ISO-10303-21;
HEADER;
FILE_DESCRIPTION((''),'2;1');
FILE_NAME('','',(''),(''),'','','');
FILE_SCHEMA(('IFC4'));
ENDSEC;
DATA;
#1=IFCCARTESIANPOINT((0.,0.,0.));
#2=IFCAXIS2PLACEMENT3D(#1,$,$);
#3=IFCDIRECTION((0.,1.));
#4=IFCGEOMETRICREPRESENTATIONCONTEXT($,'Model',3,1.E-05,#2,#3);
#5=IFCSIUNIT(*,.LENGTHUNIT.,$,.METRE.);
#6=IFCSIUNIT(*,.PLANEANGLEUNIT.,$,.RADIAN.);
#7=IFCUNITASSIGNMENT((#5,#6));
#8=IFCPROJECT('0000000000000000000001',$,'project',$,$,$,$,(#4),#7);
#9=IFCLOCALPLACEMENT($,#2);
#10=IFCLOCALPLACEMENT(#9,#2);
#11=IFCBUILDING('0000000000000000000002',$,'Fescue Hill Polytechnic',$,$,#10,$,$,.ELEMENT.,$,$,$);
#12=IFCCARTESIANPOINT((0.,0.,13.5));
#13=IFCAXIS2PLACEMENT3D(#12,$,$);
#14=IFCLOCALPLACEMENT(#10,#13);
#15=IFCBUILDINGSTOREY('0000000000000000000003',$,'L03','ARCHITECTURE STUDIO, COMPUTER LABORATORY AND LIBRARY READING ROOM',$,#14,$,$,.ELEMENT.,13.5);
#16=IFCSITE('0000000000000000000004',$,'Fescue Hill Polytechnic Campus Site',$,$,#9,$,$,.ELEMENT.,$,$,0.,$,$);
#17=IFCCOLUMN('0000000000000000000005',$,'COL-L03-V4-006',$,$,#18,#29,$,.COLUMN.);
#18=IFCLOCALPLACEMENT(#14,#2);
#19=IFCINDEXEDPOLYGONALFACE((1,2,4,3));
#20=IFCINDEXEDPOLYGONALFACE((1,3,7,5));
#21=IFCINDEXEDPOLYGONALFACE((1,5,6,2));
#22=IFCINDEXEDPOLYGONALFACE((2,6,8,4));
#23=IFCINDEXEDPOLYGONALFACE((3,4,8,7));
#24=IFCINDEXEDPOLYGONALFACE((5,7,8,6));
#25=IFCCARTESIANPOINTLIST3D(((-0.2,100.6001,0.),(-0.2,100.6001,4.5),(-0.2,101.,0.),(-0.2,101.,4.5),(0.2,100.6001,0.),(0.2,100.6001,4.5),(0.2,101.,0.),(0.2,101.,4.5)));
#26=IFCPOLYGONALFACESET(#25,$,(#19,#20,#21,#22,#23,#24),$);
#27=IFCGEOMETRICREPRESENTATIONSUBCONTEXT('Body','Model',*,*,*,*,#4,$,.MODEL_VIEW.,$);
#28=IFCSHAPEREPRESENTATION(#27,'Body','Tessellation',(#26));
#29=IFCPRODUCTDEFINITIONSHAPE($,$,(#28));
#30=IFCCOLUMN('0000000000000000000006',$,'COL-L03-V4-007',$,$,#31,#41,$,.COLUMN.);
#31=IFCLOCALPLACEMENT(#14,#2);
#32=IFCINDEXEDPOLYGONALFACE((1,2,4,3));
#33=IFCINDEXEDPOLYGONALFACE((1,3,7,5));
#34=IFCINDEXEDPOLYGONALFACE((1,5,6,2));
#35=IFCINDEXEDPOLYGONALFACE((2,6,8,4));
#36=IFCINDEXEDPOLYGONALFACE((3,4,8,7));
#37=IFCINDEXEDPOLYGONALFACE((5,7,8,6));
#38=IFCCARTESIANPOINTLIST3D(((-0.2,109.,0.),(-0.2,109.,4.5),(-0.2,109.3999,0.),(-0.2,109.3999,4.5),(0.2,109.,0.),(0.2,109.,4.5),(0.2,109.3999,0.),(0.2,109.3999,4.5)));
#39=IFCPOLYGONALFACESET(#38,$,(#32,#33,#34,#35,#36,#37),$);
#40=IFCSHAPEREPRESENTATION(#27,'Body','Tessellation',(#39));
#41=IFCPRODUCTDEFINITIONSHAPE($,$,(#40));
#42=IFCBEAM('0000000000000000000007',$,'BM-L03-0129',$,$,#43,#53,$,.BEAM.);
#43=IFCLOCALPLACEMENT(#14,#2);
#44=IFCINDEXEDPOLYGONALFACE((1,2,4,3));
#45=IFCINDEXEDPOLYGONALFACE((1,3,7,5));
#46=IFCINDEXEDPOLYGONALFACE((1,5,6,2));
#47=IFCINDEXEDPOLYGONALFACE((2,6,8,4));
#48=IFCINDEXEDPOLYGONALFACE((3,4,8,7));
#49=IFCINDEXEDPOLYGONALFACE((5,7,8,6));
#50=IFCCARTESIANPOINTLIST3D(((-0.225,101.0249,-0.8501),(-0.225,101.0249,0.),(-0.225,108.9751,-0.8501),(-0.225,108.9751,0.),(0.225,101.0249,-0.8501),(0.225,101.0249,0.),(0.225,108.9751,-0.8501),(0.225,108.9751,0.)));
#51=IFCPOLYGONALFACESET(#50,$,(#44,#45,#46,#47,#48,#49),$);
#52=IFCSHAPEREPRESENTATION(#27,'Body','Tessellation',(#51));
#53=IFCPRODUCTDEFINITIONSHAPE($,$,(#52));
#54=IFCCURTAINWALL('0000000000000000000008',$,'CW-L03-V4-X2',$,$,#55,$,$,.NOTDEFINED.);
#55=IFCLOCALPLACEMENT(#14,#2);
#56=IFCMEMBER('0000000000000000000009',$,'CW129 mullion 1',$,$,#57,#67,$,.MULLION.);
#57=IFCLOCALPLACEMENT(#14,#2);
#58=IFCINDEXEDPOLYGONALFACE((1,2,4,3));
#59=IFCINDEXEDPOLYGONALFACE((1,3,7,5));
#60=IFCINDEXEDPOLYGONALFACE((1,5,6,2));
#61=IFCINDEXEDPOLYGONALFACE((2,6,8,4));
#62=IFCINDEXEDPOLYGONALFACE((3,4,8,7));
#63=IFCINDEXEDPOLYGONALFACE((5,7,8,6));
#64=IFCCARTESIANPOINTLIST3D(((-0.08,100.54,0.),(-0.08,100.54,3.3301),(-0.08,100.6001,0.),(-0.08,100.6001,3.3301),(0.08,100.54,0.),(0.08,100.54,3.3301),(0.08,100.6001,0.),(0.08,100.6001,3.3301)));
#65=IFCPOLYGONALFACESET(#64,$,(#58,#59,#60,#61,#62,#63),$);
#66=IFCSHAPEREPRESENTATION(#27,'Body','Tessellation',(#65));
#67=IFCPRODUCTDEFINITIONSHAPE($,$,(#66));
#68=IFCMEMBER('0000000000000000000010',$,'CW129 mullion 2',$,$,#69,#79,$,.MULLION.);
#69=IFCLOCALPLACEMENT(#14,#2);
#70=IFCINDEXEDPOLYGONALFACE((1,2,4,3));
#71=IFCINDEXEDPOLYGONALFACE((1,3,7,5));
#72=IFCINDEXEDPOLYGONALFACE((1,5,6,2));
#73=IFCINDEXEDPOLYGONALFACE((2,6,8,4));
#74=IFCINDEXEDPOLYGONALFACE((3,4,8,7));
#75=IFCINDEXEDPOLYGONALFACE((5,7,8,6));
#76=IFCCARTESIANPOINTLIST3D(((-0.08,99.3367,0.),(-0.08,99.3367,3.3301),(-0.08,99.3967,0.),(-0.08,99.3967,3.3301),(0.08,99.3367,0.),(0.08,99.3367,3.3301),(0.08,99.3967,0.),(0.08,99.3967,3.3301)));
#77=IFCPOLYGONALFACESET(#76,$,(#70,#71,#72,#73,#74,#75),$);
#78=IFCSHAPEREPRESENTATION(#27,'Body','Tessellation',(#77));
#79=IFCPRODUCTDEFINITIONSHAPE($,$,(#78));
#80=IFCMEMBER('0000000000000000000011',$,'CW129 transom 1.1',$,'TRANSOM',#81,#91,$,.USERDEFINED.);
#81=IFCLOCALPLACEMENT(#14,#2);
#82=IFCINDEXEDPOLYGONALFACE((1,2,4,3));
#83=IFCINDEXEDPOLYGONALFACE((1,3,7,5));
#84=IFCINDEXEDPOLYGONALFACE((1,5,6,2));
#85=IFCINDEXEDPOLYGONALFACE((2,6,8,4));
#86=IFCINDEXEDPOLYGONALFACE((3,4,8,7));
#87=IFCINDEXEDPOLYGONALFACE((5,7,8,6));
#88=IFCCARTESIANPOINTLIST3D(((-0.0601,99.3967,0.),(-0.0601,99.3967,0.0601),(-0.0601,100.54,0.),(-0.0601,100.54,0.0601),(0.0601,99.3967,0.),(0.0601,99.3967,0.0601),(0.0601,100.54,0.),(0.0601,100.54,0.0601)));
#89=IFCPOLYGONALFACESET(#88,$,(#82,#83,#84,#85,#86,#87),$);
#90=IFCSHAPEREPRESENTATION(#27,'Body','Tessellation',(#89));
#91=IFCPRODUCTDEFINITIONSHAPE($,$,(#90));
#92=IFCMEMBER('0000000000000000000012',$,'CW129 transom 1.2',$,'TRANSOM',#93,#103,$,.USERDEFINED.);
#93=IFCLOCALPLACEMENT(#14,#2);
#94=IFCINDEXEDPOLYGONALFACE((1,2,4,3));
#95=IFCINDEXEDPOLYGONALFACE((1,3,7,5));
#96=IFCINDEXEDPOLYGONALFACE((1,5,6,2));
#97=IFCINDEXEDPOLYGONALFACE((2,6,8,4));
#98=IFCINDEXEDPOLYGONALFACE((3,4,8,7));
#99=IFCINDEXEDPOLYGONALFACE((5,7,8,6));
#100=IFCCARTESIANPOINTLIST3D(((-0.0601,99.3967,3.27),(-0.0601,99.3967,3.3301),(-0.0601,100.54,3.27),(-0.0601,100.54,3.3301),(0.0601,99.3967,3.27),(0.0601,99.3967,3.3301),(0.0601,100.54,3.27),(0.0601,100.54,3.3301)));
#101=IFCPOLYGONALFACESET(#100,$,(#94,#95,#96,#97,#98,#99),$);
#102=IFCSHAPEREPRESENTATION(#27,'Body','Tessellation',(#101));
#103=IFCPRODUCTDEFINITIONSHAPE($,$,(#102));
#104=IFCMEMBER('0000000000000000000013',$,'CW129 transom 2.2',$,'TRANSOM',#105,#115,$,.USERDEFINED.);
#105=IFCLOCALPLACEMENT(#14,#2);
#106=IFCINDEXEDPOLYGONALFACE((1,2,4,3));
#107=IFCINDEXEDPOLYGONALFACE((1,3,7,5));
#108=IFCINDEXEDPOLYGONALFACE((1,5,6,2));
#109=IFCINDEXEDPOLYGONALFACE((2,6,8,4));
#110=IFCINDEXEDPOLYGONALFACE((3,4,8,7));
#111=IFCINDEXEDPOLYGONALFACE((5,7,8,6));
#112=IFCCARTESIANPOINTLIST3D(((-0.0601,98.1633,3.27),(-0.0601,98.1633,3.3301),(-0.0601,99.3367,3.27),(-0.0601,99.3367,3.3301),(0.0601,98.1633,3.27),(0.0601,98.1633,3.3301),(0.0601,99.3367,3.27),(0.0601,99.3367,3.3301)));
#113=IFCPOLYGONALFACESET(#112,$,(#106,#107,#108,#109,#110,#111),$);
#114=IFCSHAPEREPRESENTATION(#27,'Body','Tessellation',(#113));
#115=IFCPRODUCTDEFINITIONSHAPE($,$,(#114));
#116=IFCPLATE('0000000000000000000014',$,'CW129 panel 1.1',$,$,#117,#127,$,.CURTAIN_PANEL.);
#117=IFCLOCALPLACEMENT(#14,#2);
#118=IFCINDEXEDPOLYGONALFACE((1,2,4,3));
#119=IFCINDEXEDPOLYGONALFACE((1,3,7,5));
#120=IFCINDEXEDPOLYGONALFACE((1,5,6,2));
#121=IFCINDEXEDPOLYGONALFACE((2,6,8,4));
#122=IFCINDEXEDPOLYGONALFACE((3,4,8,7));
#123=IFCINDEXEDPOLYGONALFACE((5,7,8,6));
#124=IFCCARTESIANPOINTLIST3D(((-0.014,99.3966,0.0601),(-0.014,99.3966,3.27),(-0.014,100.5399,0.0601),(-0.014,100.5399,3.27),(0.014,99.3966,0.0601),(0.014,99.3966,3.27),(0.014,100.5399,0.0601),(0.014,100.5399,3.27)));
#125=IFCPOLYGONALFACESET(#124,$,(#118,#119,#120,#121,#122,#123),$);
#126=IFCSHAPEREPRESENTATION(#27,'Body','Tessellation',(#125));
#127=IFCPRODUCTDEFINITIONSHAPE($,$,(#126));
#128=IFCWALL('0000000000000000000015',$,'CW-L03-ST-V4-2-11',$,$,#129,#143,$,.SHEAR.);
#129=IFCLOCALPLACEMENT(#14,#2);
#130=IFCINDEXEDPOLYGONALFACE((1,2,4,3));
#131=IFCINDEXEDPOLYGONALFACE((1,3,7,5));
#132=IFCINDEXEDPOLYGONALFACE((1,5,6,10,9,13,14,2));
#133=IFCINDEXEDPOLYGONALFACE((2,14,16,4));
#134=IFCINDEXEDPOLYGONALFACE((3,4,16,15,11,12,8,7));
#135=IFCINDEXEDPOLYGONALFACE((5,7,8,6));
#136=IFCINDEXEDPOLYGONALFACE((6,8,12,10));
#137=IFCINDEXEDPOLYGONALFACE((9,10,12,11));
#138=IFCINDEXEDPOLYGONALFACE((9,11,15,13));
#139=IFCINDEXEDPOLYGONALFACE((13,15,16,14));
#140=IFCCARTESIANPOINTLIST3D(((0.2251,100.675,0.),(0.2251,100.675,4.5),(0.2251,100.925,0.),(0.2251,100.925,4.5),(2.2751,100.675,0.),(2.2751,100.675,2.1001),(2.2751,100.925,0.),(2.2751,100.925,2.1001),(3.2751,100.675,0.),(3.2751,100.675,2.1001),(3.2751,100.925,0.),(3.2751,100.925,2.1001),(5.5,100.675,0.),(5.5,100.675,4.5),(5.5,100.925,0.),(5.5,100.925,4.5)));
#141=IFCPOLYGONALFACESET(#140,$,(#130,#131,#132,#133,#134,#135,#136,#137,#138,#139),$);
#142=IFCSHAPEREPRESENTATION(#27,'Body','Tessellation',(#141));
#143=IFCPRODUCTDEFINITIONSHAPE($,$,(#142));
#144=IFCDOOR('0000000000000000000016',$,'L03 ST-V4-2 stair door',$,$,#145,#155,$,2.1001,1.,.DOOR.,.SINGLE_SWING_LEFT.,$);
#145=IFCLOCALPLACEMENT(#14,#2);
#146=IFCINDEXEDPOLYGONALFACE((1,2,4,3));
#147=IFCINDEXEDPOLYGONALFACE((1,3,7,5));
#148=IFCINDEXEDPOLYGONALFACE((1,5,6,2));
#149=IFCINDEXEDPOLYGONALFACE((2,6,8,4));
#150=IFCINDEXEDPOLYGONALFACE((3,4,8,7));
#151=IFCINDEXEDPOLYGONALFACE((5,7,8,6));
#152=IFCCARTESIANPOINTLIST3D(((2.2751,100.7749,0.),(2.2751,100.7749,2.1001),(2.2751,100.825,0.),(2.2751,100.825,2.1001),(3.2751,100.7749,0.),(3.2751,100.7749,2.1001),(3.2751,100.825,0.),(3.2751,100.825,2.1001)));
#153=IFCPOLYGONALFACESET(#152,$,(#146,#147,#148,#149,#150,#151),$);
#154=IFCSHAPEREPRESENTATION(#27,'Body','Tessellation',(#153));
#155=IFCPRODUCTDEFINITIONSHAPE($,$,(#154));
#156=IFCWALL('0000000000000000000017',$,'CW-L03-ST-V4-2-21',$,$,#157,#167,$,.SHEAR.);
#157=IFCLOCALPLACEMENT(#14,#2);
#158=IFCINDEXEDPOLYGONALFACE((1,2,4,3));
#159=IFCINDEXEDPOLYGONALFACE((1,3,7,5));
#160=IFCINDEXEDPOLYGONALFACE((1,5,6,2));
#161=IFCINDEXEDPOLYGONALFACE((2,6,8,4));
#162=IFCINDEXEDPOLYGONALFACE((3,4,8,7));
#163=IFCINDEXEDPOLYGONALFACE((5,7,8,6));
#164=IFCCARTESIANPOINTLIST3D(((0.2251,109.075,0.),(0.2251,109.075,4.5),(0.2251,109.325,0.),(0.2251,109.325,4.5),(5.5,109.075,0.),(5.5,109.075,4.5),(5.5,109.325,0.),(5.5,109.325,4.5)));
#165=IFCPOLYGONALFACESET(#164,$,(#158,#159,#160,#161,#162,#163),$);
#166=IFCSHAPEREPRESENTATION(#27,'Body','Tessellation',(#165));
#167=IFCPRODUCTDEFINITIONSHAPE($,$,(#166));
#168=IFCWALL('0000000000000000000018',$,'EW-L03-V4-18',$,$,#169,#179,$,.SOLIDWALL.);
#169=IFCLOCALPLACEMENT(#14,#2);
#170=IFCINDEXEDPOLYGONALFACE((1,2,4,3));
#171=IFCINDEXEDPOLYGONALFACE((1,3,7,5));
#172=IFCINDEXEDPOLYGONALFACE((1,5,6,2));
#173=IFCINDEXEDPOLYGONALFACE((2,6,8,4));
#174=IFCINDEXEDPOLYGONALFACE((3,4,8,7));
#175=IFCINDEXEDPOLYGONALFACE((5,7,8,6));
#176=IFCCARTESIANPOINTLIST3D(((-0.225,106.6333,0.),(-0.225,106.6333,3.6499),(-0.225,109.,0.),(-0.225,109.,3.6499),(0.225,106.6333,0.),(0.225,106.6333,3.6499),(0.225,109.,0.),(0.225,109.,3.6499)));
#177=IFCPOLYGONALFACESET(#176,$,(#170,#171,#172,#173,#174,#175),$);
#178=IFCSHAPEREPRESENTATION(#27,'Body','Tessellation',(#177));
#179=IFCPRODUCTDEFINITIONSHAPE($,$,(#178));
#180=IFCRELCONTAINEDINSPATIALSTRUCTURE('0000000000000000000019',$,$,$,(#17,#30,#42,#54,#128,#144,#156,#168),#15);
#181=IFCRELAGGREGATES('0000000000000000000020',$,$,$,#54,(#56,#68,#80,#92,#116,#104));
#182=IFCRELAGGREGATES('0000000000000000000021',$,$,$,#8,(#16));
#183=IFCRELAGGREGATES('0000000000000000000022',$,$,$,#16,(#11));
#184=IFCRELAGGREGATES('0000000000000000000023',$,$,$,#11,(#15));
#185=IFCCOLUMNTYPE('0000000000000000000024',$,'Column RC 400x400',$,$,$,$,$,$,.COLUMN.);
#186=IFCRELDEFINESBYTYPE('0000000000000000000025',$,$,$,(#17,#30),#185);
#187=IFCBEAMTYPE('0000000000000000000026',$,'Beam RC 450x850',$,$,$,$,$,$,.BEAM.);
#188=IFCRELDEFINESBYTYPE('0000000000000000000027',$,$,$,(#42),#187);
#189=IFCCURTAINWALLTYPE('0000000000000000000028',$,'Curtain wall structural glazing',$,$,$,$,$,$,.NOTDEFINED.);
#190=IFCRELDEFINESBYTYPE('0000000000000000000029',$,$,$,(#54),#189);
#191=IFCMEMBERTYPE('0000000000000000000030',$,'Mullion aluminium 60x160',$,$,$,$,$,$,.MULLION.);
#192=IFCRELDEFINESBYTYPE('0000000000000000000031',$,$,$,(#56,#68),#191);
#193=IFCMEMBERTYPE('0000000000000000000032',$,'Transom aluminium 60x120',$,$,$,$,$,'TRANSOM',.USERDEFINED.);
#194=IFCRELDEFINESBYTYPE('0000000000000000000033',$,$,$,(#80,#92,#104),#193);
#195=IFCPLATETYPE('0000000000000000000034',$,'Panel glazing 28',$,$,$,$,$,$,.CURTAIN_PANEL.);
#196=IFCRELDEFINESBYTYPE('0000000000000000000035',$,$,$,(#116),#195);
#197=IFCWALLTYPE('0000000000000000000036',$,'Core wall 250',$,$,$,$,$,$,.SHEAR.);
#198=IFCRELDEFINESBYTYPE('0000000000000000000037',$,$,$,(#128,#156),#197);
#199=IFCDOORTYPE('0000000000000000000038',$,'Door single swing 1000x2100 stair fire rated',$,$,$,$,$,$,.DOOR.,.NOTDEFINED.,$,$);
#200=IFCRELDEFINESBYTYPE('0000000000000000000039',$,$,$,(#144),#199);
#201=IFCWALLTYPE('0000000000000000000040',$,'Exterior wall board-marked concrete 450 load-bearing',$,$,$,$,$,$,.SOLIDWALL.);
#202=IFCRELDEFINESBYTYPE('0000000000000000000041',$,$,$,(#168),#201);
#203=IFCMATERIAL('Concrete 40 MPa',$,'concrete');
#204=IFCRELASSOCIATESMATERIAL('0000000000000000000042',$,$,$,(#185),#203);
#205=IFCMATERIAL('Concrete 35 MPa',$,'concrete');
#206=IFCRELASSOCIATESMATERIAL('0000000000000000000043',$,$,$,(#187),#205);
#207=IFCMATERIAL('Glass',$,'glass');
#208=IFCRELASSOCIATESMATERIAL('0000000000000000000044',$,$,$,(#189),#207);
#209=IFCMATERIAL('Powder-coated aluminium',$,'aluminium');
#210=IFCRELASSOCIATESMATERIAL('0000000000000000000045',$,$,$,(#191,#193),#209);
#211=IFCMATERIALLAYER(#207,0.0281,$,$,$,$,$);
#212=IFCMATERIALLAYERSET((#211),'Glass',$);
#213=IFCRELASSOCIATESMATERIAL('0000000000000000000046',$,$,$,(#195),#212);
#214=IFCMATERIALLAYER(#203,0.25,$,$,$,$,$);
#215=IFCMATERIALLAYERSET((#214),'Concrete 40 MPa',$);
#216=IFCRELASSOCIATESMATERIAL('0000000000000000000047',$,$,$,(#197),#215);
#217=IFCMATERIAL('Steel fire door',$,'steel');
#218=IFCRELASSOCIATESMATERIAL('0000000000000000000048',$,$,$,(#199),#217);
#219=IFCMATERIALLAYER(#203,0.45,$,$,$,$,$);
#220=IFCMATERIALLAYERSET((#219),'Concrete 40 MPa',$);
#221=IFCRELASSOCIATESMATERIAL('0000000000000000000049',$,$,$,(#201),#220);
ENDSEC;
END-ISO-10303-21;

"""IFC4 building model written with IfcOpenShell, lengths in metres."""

from ifc_helpers import new_model, si_unit, direction, frame, frame_2d, origin, origin_2d, place, context, subcontext, project, spatial, rectangle, extrude, material, layer, layer_set, material_profile, profile_set, type_object, element, fill, aggregate, save


model = new_model("IFC4")

# Units and contexts
model_context = context("Model", 3, precision=1e-05, world=origin(), true_north=direction((0.0, 1.0)))
body_context = subcontext(model_context, "Body", "Model", "MODEL_VIEW")
ifc_project = project(units=[si_unit("LENGTHUNIT", "METRE"), si_unit("PLANEANGLEUNIT", "RADIAN")], contexts=[model_context])

# Site, building, storey
site_placement = place(None, origin())
site = spatial("IfcSite", under=ifc_project, at=site_placement, Name="Fescue Hill Polytechnic Campus Site", CompositionType="ELEMENT", RefElevation=0.0)
building_placement = place(site_placement, origin())
building = spatial("IfcBuilding", under=site, at=building_placement, Name="Fescue Hill Polytechnic", CompositionType="ELEMENT")
storey_placement = place(building_placement, frame((0.0, 0.0, 13.5)))
storey = spatial("IfcBuildingStorey", under=building, at=storey_placement, Name="L03", Description="ARCHITECTURE STUDIO, COMPUTER LABORATORY AND LIBRARY READING ROOM", CompositionType="ELEMENT", Elevation=13.5)

# Columns
ifc_material_1 = material(Name="Concrete 40 MPa", Category="concrete")
ifc_material_profile_1 = material_profile(ifc_material_1, rectangle(XDim=0.3999, YDim=0.3999, at=origin_2d()), Name="RC 400x400")
ifc_profile_set_1 = profile_set([ifc_material_profile_1], Name="Concrete 40 MPa")
column_type = type_object("IfcColumnType", Name="Column RC 400x400", PredefinedType="COLUMN", material=ifc_profile_set_1)
for number, where, z_axis, x_axis, name in (
    (1, (0.0, 100.8, 0.0), (0.0, 0.0, 1.0), (1.0, 0.0, 0.0), "COL-L03-V4-006"),
    (2, (0.0, 109.2, 0.0), (0.0, 0.0, 1.0), (1.0, 0.0, 0.0), "COL-L03-V4-007"),
):
    element("IfcColumn", number, at=place(storey_placement, frame(where, z_axis=z_axis, x_axis=x_axis)), inside=storey, type_object=column_type, Name=name, PredefinedType="COLUMN", context=body_context, shape_type="SweptSolid", body=[
        extrude(rectangle(XDim=0.3999, YDim=0.3999, at=origin_2d()), origin(), (0.0, 0.0, 1.0), 4.5),
    ])

# Beam
ifc_material_2 = material(Name="Concrete 35 MPa", Category="concrete")
ifc_material_profile_2 = material_profile(ifc_material_2, rectangle(XDim=0.45, YDim=0.8501, at=origin_2d()), Name="RC 450x850")
ifc_profile_set_2 = profile_set([ifc_material_profile_2], Name="Concrete 35 MPa")
beam_type = type_object("IfcBeamType", Name="Beam RC 450x850", PredefinedType="BEAM", material=ifc_profile_set_2)
beam_placement = place(storey_placement, frame((0.0, 101.0249, -0.425), z_axis=(0.0, 1.0, 0.0), x_axis=(-1.0, 0.0, 0.0)))
element("IfcBeam", 3, at=beam_placement, inside=storey, type_object=beam_type, Name="BM-L03-0129", PredefinedType="BEAM", context=body_context, shape_type="SweptSolid", body=[
    extrude(rectangle(XDim=0.45, YDim=0.8501, at=origin_2d()), origin(), (0.0, 0.0, 1.0), 7.9502),
])

# Curtain wall, members, plate
ifc_material_3 = material(Name="Glass", Category="glass")
curtain_wall_type = type_object("IfcCurtainWallType", Name="Curtain wall structural glazing", PredefinedType="NOTDEFINED", material=ifc_material_3)
curtain_wall_placement = place(storey_placement, origin())
curtain_wall = element("IfcCurtainWall", 4, at=curtain_wall_placement, inside=storey, type_object=curtain_wall_type, Name="CW-L03-V4-X2", PredefinedType="NOTDEFINED")
ifc_material_4 = material(Name="Powder-coated aluminium", Category="aluminium")
ifc_material_profile_3 = material_profile(ifc_material_4, rectangle(XDim=0.1599, YDim=0.0601, at=origin_2d()), Name="Mullion aluminium 60x160")
ifc_profile_set_3 = profile_set([ifc_material_profile_3], Name="Powder-coated aluminium")
member_type_1 = type_object("IfcMemberType", Name="Mullion aluminium 60x160", PredefinedType="MULLION", material=ifc_profile_set_3)
member_1_placement = place(storey_placement, frame((0.0, 100.5701, 0.0), z_axis=(0.0, 0.0, 1.0), x_axis=(1.0, 0.0, 0.0)))
member_1 = element("IfcMember", 5, at=member_1_placement, type_object=member_type_1, Name="CW129 mullion 1", PredefinedType="MULLION", context=body_context, shape_type="SweptSolid", body=[
    extrude(rectangle(XDim=0.1599, YDim=0.0601, at=origin_2d()), origin(), (0.0, 0.0, 1.0), 3.3301),
])
member_2_placement = place(storey_placement, frame((0.0, 99.3667, 0.0), z_axis=(0.0, 0.0, 1.0), x_axis=(1.0, 0.0, 0.0)))
member_2 = element("IfcMember", 6, at=member_2_placement, type_object=member_type_1, Name="CW129 mullion 2", PredefinedType="MULLION", context=body_context, shape_type="SweptSolid", body=[
    extrude(rectangle(XDim=0.1599, YDim=0.0601, at=origin_2d()), origin(), (0.0, 0.0, 1.0), 3.3301),
])
ifc_material_profile_4 = material_profile(ifc_material_4, rectangle(XDim=0.1201, YDim=0.0601, at=origin_2d()), Name="Transom aluminium 60x120")
ifc_profile_set_4 = profile_set([ifc_material_profile_4], Name="Powder-coated aluminium")
member_type_2 = type_object("IfcMemberType", Name="Transom aluminium 60x120", ElementType="TRANSOM", PredefinedType="USERDEFINED", material=ifc_profile_set_4)
member_3_placement = place(storey_placement, frame((0.0, 100.54, 0.03), z_axis=(0.0, -1.0, 0.0), x_axis=(1.0, 0.0, 0.0)))
member_3 = element("IfcMember", 7, at=member_3_placement, type_object=member_type_2, Name="CW129 transom 1.1", ObjectType="TRANSOM", PredefinedType="USERDEFINED", context=body_context, shape_type="SweptSolid", body=[
    extrude(rectangle(XDim=0.1201, YDim=0.0601, at=origin_2d()), origin(), (0.0, 0.0, 1.0), 1.1433),
])
member_4_placement = place(storey_placement, frame((0.0, 100.54, 3.3), z_axis=(0.0, -1.0, 0.0), x_axis=(1.0, 0.0, 0.0)))
member_4 = element("IfcMember", 8, at=member_4_placement, type_object=member_type_2, Name="CW129 transom 1.2", ObjectType="TRANSOM", PredefinedType="USERDEFINED", context=body_context, shape_type="SweptSolid", body=[
    extrude(rectangle(XDim=0.1201, YDim=0.0601, at=origin_2d()), origin(), (0.0, 0.0, 1.0), 1.1433),
])
member_5_placement = place(storey_placement, frame((0.0, 99.3367, 3.3), z_axis=(0.0, -1.0, 0.0), x_axis=(1.0, 0.0, 0.0)))
member_5 = element("IfcMember", 9, at=member_5_placement, type_object=member_type_2, Name="CW129 transom 2.2", ObjectType="TRANSOM", PredefinedType="USERDEFINED", context=body_context, shape_type="SweptSolid", body=[
    extrude(rectangle(XDim=0.1201, YDim=0.0601, at=origin_2d()), origin(), (0.0, 0.0, 1.0), 1.1733),
])
ifc_layer_1 = layer(ifc_material_3, 0.0281)
ifc_layer_set_1 = layer_set([ifc_layer_1], Name="Glass")
plate_type = type_object("IfcPlateType", Name="Panel glazing 28", PredefinedType="CURTAIN_PANEL", material=ifc_layer_set_1)
plate_placement = place(storey_placement, frame((0.0, 99.9683, 0.0601), z_axis=(0.0, 0.0, 1.0), x_axis=(0.0, -1.0, 0.0)))
plate = element("IfcPlate", 10, at=plate_placement, type_object=plate_type, Name="CW129 panel 1.1", PredefinedType="CURTAIN_PANEL", context=body_context, shape_type="SweptSolid", body=[
    extrude(rectangle(XDim=1.1433, YDim=0.0281, at=origin_2d()), origin(), (0.0, 0.0, 1.0), 3.21),
])
aggregate(curtain_wall, [member_1, member_2, member_3, member_4, plate, member_5])

# Wall, opening, door
ifc_layer_2 = layer(ifc_material_1, 0.25)
ifc_layer_set_2 = layer_set([ifc_layer_2], Name="Concrete 40 MPa")
wall_type_1 = type_object("IfcWallType", Name="Core wall 250", PredefinedType="SHEAR", material=ifc_layer_set_2)
wall_1_placement = place(storey_placement, frame((0.2251, 100.8, 0.0), z_axis=(0.0, 0.0, 1.0), x_axis=(1.0, 0.0, 0.0)))
wall_1 = element("IfcWall", 11, at=wall_1_placement, inside=storey, type_object=wall_type_1, Name="CW-L03-ST-V4-2-11", PredefinedType="SHEAR", context=body_context, shape_type="SweptSolid", body=[
    extrude(rectangle(XDim=5.2749, YDim=0.25, at=frame_2d((2.6375, 0.0))), origin(), (0.0, 0.0, 1.0), 4.5),
])
opening_placement = place(wall_1_placement, frame((2.05, 0.0, 0.0)))
opening = element("IfcOpeningElement", 12, at=opening_placement, cuts=wall_1, PredefinedType="OPENING", context=body_context, shape_type="SweptSolid", body=[
    extrude(rectangle(XDim=1.0, YDim=2.1001, at=frame_2d((0.5, 1.05))), frame((0.0, 0.135, 0.0), z_axis=(0.0, -1.0, 0.0), x_axis=(1.0, 0.0, 0.0)), (0.0, 0.0, 1.0), 0.27),
])
ifc_material_5 = material(Name="Steel fire door", Category="steel")
door_type = type_object("IfcDoorType", Name="Door single swing 1000x2100 stair fire rated", OperationType="NOTDEFINED", PredefinedType="DOOR", material=ifc_material_5)
door_placement = place(opening_placement, origin())
door = element("IfcDoor", 13, at=door_placement, inside=storey, type_object=door_type, Name="L03 ST-V4-2 stair door", OperationType="SINGLE_SWING_LEFT", OverallHeight=2.1001, OverallWidth=1.0, PredefinedType="DOOR", context=body_context, shape_type="SweptSolid", body=[
    extrude(rectangle(XDim=1.0, YDim=2.1001, at=frame_2d((0.5, 1.05))), frame((0.0, 0.0249, 0.0), z_axis=(0.0, -1.0, 0.0), x_axis=(1.0, 0.0, 0.0)), (0.0, 0.0, 1.0), 0.05),
])
fill(opening, door)

# Walls
wall_2_placement = place(storey_placement, frame((0.2251, 109.2, 0.0), z_axis=(0.0, 0.0, 1.0), x_axis=(1.0, 0.0, 0.0)))
element("IfcWall", 14, at=wall_2_placement, inside=storey, type_object=wall_type_1, Name="CW-L03-ST-V4-2-21", PredefinedType="SHEAR", context=body_context, shape_type="SweptSolid", body=[
    extrude(rectangle(XDim=5.2749, YDim=0.25, at=frame_2d((2.6375, 0.0))), origin(), (0.0, 0.0, 1.0), 4.5),
])
ifc_layer_3 = layer(ifc_material_1, 0.45)
ifc_layer_set_3 = layer_set([ifc_layer_3], Name="Concrete 40 MPa")
wall_type_2 = type_object("IfcWallType", Name="Exterior wall board-marked concrete 450 load-bearing", PredefinedType="SOLIDWALL", material=ifc_layer_set_3)
wall_3_placement = place(storey_placement, frame((0.0, 109.0, 0.0), z_axis=(0.0, 0.0, 1.0), x_axis=(0.0, -1.0, 0.0)))
element("IfcWall", 15, at=wall_3_placement, inside=storey, type_object=wall_type_2, Name="EW-L03-V4-18", PredefinedType="SOLIDWALL", context=body_context, shape_type="SweptSolid", body=[
    extrude(rectangle(XDim=2.3667, YDim=0.45, at=frame_2d((1.1833, 0.0))), origin(), (0.0, 0.0, 1.0), 3.6499),
])

save(model, "model.ifc")
